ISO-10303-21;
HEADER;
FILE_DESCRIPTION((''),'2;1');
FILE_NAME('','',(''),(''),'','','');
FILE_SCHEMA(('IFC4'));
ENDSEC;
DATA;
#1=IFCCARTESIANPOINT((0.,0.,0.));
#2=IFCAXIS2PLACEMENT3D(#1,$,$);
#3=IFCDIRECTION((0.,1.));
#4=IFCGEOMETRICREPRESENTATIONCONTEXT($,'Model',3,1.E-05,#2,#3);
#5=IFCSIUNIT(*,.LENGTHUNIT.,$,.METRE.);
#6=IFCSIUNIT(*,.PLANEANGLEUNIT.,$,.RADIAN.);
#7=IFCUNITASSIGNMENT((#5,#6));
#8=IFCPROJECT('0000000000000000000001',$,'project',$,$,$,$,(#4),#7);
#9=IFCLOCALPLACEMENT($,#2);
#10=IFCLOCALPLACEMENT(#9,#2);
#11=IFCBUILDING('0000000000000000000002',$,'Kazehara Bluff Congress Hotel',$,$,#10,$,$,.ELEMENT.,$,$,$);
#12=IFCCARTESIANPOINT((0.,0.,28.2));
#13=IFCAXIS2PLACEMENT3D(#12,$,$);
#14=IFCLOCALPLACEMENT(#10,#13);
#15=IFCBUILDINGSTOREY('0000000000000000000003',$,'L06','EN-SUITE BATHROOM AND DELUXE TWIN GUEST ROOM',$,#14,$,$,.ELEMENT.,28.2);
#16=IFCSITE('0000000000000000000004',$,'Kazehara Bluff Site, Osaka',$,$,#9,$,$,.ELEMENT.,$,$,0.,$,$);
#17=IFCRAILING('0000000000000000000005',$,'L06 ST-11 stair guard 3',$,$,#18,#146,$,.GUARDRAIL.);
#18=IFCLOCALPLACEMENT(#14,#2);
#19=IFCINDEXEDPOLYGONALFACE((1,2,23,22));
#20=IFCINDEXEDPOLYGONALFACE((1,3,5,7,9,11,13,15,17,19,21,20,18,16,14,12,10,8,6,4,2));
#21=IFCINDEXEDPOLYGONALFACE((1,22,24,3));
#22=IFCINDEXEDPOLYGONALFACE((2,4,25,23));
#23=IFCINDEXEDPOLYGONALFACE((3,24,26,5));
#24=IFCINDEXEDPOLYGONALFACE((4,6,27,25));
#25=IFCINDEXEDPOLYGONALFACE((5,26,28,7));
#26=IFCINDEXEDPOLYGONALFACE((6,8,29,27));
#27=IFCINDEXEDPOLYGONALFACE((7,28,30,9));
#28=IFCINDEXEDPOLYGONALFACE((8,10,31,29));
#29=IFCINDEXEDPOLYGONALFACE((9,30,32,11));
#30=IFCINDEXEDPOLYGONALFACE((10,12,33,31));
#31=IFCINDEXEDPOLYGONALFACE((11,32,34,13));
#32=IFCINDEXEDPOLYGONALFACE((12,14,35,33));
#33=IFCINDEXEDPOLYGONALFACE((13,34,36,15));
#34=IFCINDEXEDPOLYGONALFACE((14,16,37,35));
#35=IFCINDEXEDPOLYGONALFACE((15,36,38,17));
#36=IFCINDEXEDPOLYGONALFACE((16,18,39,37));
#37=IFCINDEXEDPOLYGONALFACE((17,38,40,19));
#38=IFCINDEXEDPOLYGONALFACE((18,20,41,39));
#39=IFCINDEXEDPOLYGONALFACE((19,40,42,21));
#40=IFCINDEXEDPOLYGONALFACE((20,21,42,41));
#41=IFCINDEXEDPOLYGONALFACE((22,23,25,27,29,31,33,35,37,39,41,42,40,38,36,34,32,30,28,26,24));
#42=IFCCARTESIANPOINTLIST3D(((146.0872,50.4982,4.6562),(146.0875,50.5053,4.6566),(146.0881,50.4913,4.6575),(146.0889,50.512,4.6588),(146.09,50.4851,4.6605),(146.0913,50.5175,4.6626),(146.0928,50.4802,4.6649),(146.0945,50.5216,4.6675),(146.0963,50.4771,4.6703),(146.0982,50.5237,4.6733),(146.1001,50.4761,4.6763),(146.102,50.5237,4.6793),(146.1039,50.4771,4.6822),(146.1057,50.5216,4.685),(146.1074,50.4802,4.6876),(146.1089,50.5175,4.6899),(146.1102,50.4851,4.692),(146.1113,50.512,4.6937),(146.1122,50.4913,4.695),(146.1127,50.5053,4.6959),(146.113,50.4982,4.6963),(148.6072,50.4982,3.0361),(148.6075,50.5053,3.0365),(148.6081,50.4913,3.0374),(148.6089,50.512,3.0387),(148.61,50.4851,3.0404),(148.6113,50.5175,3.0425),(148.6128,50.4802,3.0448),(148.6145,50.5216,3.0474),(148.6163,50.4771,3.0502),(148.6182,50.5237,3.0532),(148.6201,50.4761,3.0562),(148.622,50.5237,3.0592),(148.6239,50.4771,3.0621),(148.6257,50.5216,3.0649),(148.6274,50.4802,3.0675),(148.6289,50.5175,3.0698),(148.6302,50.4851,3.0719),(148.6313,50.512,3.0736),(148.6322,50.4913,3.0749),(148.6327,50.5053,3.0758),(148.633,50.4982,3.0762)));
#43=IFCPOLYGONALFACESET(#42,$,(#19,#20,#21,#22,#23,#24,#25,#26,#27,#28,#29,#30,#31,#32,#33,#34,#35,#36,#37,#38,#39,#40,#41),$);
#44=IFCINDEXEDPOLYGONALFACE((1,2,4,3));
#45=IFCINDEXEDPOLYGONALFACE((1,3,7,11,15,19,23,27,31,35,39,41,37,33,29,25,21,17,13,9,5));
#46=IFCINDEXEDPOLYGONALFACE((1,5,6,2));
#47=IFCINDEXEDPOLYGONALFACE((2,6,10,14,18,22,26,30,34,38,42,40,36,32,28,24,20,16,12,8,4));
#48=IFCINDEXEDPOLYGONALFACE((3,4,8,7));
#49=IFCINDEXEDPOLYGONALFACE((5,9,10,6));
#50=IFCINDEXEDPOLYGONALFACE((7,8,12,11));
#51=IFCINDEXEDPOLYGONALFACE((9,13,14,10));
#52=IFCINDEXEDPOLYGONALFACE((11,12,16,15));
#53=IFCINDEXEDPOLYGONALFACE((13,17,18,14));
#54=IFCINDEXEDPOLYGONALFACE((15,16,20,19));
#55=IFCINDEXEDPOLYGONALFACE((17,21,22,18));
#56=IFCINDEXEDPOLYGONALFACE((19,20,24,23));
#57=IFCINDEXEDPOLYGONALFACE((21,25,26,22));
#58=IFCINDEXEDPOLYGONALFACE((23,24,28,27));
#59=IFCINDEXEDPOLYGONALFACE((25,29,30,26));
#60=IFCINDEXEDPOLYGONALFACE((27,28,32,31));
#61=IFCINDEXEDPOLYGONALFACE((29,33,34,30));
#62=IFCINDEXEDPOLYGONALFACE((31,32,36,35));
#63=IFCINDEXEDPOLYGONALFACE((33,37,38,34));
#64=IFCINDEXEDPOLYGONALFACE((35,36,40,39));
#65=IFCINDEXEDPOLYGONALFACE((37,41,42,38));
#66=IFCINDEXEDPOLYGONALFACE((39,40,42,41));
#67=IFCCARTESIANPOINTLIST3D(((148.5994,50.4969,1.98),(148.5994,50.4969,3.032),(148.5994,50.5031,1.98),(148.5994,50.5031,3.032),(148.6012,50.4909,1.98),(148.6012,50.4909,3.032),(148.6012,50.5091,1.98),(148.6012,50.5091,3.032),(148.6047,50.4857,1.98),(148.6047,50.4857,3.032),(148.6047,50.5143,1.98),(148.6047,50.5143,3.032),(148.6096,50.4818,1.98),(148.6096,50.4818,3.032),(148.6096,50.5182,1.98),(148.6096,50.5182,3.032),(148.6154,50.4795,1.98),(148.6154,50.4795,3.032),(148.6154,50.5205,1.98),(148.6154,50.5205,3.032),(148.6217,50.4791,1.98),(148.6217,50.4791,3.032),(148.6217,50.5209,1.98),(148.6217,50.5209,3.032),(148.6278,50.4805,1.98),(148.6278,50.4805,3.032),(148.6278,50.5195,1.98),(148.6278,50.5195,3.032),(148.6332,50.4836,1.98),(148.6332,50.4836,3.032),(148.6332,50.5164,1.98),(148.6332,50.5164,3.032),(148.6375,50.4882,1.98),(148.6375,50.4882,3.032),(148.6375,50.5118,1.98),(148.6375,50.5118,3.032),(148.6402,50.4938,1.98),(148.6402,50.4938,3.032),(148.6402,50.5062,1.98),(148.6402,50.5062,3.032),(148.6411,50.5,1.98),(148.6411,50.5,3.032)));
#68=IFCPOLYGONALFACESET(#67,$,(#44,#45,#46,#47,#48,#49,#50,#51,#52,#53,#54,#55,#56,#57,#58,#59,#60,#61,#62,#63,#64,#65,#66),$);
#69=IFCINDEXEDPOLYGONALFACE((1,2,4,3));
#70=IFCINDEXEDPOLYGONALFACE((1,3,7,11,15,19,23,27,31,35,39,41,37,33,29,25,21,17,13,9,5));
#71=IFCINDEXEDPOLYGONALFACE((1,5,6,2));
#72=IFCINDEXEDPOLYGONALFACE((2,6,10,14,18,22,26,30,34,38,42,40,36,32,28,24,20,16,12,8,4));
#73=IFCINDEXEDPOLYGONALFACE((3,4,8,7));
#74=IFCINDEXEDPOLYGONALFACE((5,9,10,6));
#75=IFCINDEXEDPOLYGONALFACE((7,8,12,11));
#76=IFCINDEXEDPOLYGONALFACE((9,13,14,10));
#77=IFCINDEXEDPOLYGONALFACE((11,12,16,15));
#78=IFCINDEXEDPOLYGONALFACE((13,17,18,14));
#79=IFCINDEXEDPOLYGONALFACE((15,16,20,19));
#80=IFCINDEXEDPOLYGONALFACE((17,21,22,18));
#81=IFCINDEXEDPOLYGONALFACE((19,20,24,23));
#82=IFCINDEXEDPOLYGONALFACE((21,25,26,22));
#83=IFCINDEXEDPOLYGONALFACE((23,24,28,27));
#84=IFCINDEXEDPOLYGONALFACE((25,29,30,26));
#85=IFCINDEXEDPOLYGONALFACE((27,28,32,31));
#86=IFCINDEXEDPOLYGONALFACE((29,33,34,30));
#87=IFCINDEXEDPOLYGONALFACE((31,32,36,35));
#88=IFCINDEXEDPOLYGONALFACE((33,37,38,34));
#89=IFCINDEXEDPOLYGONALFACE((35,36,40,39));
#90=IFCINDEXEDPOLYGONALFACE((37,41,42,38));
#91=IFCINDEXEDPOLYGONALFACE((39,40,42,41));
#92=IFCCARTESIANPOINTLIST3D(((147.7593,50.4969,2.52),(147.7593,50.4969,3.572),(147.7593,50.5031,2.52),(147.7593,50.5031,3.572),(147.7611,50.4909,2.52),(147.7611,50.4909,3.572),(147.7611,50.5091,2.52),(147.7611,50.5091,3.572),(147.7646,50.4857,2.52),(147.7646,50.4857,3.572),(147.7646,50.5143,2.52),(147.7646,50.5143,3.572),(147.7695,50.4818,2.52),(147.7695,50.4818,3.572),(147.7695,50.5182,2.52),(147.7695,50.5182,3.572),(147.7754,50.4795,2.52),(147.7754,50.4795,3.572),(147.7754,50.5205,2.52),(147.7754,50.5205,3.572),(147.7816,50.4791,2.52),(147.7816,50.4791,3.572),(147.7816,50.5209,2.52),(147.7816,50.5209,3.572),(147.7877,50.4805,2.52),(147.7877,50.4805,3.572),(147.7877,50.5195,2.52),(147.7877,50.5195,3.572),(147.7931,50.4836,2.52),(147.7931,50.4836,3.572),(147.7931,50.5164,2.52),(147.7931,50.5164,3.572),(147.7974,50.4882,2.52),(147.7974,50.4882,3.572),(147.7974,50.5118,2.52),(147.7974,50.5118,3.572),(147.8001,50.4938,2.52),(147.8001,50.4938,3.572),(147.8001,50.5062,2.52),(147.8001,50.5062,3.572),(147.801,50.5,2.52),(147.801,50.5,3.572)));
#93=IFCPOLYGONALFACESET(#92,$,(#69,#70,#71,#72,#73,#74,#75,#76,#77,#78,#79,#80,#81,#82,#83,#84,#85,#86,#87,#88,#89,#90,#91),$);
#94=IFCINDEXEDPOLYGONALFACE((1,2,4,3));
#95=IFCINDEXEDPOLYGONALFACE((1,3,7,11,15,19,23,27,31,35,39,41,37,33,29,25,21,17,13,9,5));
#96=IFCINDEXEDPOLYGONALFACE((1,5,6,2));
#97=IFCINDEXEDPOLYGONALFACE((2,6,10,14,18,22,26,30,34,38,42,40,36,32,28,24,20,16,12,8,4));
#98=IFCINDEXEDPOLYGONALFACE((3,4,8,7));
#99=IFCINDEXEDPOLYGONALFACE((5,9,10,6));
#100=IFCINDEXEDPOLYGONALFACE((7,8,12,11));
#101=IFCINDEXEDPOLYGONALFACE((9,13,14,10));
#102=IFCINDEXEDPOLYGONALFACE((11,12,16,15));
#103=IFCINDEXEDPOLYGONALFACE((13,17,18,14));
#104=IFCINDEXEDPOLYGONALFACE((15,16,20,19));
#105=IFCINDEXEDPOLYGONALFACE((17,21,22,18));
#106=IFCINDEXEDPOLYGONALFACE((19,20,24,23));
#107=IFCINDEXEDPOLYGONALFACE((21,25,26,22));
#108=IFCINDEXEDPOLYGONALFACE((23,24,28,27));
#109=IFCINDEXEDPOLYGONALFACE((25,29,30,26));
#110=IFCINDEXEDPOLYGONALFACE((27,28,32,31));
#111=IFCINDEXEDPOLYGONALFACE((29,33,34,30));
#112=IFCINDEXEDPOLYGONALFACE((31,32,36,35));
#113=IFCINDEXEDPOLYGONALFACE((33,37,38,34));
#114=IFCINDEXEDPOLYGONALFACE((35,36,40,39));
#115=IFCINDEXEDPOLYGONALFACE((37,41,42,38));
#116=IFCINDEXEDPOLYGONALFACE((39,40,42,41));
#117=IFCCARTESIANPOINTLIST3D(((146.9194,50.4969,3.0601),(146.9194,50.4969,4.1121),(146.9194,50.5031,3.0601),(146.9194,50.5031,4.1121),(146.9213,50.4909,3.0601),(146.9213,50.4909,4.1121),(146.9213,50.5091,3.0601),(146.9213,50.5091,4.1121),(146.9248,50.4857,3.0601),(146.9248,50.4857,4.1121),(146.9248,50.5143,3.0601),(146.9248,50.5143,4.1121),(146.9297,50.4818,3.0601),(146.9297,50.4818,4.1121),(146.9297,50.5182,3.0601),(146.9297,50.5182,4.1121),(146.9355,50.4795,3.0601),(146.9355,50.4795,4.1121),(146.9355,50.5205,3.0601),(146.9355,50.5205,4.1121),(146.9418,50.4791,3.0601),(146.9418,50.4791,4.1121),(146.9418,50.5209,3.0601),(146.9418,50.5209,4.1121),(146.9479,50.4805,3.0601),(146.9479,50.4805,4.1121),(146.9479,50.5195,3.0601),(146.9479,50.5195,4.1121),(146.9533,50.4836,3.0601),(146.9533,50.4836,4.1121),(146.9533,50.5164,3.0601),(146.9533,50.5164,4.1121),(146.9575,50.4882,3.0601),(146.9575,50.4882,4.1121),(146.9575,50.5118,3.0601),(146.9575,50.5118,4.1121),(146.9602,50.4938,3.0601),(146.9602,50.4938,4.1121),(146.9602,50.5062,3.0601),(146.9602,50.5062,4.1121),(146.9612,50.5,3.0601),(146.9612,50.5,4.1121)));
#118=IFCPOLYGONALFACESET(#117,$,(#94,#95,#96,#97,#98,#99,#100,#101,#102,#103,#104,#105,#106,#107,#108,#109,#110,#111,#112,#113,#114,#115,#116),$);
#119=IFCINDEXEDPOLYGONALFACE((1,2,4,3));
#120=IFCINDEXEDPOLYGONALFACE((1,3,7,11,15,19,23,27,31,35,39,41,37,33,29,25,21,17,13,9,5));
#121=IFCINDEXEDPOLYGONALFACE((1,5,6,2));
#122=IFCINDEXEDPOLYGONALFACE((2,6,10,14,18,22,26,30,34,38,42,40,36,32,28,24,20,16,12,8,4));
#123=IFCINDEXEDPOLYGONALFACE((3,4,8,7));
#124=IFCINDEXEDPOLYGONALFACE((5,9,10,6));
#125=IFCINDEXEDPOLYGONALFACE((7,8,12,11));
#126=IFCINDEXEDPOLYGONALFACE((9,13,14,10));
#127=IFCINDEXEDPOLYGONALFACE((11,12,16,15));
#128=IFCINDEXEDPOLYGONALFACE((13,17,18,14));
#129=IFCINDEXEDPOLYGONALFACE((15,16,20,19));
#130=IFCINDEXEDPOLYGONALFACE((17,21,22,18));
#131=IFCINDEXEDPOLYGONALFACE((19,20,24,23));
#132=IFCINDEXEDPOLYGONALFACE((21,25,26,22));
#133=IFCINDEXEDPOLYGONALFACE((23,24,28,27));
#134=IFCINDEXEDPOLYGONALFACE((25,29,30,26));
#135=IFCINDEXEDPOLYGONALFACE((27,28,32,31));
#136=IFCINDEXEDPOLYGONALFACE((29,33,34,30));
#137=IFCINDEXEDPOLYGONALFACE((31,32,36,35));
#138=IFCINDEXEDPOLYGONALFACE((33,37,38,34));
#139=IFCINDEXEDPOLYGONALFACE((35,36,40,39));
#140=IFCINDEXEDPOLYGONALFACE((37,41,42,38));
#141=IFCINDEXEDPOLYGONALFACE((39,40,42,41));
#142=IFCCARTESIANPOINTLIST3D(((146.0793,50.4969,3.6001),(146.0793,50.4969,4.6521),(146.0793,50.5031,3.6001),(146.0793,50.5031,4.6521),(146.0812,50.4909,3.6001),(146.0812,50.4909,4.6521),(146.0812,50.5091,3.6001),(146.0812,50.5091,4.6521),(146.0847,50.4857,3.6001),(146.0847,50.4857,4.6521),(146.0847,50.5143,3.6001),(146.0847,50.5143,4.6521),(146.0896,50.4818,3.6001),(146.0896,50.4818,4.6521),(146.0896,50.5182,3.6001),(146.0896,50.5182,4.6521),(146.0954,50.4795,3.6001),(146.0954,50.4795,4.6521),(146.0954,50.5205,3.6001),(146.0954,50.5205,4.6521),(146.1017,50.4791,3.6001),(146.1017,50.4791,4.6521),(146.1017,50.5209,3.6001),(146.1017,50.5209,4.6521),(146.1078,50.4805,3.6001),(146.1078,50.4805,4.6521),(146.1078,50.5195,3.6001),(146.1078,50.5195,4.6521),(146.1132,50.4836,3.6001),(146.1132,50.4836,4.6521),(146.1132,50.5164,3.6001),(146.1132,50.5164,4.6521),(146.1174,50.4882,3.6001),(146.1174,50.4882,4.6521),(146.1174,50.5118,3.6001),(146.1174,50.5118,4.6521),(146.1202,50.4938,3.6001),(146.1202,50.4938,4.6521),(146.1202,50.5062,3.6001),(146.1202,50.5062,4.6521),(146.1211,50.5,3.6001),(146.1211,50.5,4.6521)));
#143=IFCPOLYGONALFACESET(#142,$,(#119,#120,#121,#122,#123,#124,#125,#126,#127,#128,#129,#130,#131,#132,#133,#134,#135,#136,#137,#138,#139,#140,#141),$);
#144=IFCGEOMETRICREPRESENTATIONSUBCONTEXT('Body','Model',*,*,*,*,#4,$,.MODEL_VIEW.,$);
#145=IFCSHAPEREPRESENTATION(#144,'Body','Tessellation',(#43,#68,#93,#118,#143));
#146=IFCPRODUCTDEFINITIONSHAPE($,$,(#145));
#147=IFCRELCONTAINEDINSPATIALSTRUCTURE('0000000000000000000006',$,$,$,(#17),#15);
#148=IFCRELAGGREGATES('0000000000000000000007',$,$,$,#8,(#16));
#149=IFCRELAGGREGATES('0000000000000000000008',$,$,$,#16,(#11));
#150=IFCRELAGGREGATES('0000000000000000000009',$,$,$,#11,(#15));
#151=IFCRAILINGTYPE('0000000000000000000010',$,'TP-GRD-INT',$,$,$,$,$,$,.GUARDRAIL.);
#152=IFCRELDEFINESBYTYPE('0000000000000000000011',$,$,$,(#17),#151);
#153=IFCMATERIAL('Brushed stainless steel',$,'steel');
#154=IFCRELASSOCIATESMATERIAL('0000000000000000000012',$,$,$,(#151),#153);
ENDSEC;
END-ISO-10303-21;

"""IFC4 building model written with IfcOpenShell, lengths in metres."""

from ifc_helpers import new_model, si_unit, direction, frame, origin, origin_2d, place, context, subcontext, project, spatial, circle, extrude, material, type_object, element, save


model = new_model("IFC4")

# Units and contexts
model_context = context("Model", 3, precision=1e-05, world=origin(), true_north=direction((0.0, 1.0)))
body_context = subcontext(model_context, "Body", "Model", "MODEL_VIEW")
ifc_project = project(units=[si_unit("LENGTHUNIT", "METRE"), si_unit("PLANEANGLEUNIT", "RADIAN")], contexts=[model_context])

# Site, building, storey
site_placement = place(None, origin())
site = spatial("IfcSite", under=ifc_project, at=site_placement, Name="Kazehara Bluff Site, Osaka", CompositionType="ELEMENT", RefElevation=0.0)
building_placement = place(site_placement, origin())
building = spatial("IfcBuilding", under=site, at=building_placement, Name="Kazehara Bluff Congress Hotel", CompositionType="ELEMENT")
storey_placement = place(building_placement, frame((0.0, 0.0, 28.2)))
storey = spatial("IfcBuildingStorey", under=building, at=storey_placement, Name="L06", Description="EN-SUITE BATHROOM AND DELUXE TWIN GUEST ROOM", CompositionType="ELEMENT", Elevation=28.2)

# Railing
ifc_material_1 = material(Name="Brushed stainless steel", Category="steel")
railing_type_1 = type_object("IfcRailingType", Name="TP-GRD-INT", PredefinedType="GUARDRAIL", material=ifc_material_1)
railing_1_placement = place(storey_placement, frame((148.6201, 50.5, 1.98)))
element("IfcRailing", 1, at=railing_1_placement, inside=storey, type_object=railing_type_1, Name="L06 ST-11 stair guard 3", PredefinedType="GUARDRAIL", context=body_context, shape_type="SweptSolid", body=[
    extrude(circle(Radius=0.0239, at=origin_2d()), frame((0.0, 0.0, 1.0762), z_axis=(-0.841163, 0.0, 0.540782), x_axis=(0.0, -1.0, 0.0)), (0.0, 0.0, 1.0), 2.9958),
    extrude(circle(Radius=0.021, at=origin_2d()), origin(), (0.0, 0.0, 1.0), 1.052),
    extrude(circle(Radius=0.021, at=origin_2d()), frame((-0.8401, 0.0, 0.54)), (0.0, 0.0, 1.0), 1.052),
    extrude(circle(Radius=0.021, at=origin_2d()), frame((-1.6799, 0.0, 1.0801)), (0.0, 0.0, 1.0), 1.052),
    extrude(circle(Radius=0.021, at=origin_2d()), frame((-2.52, 0.0, 1.6201)), (0.0, 0.0, 1.0), 1.052),
])

save(model, "model.ifc")
